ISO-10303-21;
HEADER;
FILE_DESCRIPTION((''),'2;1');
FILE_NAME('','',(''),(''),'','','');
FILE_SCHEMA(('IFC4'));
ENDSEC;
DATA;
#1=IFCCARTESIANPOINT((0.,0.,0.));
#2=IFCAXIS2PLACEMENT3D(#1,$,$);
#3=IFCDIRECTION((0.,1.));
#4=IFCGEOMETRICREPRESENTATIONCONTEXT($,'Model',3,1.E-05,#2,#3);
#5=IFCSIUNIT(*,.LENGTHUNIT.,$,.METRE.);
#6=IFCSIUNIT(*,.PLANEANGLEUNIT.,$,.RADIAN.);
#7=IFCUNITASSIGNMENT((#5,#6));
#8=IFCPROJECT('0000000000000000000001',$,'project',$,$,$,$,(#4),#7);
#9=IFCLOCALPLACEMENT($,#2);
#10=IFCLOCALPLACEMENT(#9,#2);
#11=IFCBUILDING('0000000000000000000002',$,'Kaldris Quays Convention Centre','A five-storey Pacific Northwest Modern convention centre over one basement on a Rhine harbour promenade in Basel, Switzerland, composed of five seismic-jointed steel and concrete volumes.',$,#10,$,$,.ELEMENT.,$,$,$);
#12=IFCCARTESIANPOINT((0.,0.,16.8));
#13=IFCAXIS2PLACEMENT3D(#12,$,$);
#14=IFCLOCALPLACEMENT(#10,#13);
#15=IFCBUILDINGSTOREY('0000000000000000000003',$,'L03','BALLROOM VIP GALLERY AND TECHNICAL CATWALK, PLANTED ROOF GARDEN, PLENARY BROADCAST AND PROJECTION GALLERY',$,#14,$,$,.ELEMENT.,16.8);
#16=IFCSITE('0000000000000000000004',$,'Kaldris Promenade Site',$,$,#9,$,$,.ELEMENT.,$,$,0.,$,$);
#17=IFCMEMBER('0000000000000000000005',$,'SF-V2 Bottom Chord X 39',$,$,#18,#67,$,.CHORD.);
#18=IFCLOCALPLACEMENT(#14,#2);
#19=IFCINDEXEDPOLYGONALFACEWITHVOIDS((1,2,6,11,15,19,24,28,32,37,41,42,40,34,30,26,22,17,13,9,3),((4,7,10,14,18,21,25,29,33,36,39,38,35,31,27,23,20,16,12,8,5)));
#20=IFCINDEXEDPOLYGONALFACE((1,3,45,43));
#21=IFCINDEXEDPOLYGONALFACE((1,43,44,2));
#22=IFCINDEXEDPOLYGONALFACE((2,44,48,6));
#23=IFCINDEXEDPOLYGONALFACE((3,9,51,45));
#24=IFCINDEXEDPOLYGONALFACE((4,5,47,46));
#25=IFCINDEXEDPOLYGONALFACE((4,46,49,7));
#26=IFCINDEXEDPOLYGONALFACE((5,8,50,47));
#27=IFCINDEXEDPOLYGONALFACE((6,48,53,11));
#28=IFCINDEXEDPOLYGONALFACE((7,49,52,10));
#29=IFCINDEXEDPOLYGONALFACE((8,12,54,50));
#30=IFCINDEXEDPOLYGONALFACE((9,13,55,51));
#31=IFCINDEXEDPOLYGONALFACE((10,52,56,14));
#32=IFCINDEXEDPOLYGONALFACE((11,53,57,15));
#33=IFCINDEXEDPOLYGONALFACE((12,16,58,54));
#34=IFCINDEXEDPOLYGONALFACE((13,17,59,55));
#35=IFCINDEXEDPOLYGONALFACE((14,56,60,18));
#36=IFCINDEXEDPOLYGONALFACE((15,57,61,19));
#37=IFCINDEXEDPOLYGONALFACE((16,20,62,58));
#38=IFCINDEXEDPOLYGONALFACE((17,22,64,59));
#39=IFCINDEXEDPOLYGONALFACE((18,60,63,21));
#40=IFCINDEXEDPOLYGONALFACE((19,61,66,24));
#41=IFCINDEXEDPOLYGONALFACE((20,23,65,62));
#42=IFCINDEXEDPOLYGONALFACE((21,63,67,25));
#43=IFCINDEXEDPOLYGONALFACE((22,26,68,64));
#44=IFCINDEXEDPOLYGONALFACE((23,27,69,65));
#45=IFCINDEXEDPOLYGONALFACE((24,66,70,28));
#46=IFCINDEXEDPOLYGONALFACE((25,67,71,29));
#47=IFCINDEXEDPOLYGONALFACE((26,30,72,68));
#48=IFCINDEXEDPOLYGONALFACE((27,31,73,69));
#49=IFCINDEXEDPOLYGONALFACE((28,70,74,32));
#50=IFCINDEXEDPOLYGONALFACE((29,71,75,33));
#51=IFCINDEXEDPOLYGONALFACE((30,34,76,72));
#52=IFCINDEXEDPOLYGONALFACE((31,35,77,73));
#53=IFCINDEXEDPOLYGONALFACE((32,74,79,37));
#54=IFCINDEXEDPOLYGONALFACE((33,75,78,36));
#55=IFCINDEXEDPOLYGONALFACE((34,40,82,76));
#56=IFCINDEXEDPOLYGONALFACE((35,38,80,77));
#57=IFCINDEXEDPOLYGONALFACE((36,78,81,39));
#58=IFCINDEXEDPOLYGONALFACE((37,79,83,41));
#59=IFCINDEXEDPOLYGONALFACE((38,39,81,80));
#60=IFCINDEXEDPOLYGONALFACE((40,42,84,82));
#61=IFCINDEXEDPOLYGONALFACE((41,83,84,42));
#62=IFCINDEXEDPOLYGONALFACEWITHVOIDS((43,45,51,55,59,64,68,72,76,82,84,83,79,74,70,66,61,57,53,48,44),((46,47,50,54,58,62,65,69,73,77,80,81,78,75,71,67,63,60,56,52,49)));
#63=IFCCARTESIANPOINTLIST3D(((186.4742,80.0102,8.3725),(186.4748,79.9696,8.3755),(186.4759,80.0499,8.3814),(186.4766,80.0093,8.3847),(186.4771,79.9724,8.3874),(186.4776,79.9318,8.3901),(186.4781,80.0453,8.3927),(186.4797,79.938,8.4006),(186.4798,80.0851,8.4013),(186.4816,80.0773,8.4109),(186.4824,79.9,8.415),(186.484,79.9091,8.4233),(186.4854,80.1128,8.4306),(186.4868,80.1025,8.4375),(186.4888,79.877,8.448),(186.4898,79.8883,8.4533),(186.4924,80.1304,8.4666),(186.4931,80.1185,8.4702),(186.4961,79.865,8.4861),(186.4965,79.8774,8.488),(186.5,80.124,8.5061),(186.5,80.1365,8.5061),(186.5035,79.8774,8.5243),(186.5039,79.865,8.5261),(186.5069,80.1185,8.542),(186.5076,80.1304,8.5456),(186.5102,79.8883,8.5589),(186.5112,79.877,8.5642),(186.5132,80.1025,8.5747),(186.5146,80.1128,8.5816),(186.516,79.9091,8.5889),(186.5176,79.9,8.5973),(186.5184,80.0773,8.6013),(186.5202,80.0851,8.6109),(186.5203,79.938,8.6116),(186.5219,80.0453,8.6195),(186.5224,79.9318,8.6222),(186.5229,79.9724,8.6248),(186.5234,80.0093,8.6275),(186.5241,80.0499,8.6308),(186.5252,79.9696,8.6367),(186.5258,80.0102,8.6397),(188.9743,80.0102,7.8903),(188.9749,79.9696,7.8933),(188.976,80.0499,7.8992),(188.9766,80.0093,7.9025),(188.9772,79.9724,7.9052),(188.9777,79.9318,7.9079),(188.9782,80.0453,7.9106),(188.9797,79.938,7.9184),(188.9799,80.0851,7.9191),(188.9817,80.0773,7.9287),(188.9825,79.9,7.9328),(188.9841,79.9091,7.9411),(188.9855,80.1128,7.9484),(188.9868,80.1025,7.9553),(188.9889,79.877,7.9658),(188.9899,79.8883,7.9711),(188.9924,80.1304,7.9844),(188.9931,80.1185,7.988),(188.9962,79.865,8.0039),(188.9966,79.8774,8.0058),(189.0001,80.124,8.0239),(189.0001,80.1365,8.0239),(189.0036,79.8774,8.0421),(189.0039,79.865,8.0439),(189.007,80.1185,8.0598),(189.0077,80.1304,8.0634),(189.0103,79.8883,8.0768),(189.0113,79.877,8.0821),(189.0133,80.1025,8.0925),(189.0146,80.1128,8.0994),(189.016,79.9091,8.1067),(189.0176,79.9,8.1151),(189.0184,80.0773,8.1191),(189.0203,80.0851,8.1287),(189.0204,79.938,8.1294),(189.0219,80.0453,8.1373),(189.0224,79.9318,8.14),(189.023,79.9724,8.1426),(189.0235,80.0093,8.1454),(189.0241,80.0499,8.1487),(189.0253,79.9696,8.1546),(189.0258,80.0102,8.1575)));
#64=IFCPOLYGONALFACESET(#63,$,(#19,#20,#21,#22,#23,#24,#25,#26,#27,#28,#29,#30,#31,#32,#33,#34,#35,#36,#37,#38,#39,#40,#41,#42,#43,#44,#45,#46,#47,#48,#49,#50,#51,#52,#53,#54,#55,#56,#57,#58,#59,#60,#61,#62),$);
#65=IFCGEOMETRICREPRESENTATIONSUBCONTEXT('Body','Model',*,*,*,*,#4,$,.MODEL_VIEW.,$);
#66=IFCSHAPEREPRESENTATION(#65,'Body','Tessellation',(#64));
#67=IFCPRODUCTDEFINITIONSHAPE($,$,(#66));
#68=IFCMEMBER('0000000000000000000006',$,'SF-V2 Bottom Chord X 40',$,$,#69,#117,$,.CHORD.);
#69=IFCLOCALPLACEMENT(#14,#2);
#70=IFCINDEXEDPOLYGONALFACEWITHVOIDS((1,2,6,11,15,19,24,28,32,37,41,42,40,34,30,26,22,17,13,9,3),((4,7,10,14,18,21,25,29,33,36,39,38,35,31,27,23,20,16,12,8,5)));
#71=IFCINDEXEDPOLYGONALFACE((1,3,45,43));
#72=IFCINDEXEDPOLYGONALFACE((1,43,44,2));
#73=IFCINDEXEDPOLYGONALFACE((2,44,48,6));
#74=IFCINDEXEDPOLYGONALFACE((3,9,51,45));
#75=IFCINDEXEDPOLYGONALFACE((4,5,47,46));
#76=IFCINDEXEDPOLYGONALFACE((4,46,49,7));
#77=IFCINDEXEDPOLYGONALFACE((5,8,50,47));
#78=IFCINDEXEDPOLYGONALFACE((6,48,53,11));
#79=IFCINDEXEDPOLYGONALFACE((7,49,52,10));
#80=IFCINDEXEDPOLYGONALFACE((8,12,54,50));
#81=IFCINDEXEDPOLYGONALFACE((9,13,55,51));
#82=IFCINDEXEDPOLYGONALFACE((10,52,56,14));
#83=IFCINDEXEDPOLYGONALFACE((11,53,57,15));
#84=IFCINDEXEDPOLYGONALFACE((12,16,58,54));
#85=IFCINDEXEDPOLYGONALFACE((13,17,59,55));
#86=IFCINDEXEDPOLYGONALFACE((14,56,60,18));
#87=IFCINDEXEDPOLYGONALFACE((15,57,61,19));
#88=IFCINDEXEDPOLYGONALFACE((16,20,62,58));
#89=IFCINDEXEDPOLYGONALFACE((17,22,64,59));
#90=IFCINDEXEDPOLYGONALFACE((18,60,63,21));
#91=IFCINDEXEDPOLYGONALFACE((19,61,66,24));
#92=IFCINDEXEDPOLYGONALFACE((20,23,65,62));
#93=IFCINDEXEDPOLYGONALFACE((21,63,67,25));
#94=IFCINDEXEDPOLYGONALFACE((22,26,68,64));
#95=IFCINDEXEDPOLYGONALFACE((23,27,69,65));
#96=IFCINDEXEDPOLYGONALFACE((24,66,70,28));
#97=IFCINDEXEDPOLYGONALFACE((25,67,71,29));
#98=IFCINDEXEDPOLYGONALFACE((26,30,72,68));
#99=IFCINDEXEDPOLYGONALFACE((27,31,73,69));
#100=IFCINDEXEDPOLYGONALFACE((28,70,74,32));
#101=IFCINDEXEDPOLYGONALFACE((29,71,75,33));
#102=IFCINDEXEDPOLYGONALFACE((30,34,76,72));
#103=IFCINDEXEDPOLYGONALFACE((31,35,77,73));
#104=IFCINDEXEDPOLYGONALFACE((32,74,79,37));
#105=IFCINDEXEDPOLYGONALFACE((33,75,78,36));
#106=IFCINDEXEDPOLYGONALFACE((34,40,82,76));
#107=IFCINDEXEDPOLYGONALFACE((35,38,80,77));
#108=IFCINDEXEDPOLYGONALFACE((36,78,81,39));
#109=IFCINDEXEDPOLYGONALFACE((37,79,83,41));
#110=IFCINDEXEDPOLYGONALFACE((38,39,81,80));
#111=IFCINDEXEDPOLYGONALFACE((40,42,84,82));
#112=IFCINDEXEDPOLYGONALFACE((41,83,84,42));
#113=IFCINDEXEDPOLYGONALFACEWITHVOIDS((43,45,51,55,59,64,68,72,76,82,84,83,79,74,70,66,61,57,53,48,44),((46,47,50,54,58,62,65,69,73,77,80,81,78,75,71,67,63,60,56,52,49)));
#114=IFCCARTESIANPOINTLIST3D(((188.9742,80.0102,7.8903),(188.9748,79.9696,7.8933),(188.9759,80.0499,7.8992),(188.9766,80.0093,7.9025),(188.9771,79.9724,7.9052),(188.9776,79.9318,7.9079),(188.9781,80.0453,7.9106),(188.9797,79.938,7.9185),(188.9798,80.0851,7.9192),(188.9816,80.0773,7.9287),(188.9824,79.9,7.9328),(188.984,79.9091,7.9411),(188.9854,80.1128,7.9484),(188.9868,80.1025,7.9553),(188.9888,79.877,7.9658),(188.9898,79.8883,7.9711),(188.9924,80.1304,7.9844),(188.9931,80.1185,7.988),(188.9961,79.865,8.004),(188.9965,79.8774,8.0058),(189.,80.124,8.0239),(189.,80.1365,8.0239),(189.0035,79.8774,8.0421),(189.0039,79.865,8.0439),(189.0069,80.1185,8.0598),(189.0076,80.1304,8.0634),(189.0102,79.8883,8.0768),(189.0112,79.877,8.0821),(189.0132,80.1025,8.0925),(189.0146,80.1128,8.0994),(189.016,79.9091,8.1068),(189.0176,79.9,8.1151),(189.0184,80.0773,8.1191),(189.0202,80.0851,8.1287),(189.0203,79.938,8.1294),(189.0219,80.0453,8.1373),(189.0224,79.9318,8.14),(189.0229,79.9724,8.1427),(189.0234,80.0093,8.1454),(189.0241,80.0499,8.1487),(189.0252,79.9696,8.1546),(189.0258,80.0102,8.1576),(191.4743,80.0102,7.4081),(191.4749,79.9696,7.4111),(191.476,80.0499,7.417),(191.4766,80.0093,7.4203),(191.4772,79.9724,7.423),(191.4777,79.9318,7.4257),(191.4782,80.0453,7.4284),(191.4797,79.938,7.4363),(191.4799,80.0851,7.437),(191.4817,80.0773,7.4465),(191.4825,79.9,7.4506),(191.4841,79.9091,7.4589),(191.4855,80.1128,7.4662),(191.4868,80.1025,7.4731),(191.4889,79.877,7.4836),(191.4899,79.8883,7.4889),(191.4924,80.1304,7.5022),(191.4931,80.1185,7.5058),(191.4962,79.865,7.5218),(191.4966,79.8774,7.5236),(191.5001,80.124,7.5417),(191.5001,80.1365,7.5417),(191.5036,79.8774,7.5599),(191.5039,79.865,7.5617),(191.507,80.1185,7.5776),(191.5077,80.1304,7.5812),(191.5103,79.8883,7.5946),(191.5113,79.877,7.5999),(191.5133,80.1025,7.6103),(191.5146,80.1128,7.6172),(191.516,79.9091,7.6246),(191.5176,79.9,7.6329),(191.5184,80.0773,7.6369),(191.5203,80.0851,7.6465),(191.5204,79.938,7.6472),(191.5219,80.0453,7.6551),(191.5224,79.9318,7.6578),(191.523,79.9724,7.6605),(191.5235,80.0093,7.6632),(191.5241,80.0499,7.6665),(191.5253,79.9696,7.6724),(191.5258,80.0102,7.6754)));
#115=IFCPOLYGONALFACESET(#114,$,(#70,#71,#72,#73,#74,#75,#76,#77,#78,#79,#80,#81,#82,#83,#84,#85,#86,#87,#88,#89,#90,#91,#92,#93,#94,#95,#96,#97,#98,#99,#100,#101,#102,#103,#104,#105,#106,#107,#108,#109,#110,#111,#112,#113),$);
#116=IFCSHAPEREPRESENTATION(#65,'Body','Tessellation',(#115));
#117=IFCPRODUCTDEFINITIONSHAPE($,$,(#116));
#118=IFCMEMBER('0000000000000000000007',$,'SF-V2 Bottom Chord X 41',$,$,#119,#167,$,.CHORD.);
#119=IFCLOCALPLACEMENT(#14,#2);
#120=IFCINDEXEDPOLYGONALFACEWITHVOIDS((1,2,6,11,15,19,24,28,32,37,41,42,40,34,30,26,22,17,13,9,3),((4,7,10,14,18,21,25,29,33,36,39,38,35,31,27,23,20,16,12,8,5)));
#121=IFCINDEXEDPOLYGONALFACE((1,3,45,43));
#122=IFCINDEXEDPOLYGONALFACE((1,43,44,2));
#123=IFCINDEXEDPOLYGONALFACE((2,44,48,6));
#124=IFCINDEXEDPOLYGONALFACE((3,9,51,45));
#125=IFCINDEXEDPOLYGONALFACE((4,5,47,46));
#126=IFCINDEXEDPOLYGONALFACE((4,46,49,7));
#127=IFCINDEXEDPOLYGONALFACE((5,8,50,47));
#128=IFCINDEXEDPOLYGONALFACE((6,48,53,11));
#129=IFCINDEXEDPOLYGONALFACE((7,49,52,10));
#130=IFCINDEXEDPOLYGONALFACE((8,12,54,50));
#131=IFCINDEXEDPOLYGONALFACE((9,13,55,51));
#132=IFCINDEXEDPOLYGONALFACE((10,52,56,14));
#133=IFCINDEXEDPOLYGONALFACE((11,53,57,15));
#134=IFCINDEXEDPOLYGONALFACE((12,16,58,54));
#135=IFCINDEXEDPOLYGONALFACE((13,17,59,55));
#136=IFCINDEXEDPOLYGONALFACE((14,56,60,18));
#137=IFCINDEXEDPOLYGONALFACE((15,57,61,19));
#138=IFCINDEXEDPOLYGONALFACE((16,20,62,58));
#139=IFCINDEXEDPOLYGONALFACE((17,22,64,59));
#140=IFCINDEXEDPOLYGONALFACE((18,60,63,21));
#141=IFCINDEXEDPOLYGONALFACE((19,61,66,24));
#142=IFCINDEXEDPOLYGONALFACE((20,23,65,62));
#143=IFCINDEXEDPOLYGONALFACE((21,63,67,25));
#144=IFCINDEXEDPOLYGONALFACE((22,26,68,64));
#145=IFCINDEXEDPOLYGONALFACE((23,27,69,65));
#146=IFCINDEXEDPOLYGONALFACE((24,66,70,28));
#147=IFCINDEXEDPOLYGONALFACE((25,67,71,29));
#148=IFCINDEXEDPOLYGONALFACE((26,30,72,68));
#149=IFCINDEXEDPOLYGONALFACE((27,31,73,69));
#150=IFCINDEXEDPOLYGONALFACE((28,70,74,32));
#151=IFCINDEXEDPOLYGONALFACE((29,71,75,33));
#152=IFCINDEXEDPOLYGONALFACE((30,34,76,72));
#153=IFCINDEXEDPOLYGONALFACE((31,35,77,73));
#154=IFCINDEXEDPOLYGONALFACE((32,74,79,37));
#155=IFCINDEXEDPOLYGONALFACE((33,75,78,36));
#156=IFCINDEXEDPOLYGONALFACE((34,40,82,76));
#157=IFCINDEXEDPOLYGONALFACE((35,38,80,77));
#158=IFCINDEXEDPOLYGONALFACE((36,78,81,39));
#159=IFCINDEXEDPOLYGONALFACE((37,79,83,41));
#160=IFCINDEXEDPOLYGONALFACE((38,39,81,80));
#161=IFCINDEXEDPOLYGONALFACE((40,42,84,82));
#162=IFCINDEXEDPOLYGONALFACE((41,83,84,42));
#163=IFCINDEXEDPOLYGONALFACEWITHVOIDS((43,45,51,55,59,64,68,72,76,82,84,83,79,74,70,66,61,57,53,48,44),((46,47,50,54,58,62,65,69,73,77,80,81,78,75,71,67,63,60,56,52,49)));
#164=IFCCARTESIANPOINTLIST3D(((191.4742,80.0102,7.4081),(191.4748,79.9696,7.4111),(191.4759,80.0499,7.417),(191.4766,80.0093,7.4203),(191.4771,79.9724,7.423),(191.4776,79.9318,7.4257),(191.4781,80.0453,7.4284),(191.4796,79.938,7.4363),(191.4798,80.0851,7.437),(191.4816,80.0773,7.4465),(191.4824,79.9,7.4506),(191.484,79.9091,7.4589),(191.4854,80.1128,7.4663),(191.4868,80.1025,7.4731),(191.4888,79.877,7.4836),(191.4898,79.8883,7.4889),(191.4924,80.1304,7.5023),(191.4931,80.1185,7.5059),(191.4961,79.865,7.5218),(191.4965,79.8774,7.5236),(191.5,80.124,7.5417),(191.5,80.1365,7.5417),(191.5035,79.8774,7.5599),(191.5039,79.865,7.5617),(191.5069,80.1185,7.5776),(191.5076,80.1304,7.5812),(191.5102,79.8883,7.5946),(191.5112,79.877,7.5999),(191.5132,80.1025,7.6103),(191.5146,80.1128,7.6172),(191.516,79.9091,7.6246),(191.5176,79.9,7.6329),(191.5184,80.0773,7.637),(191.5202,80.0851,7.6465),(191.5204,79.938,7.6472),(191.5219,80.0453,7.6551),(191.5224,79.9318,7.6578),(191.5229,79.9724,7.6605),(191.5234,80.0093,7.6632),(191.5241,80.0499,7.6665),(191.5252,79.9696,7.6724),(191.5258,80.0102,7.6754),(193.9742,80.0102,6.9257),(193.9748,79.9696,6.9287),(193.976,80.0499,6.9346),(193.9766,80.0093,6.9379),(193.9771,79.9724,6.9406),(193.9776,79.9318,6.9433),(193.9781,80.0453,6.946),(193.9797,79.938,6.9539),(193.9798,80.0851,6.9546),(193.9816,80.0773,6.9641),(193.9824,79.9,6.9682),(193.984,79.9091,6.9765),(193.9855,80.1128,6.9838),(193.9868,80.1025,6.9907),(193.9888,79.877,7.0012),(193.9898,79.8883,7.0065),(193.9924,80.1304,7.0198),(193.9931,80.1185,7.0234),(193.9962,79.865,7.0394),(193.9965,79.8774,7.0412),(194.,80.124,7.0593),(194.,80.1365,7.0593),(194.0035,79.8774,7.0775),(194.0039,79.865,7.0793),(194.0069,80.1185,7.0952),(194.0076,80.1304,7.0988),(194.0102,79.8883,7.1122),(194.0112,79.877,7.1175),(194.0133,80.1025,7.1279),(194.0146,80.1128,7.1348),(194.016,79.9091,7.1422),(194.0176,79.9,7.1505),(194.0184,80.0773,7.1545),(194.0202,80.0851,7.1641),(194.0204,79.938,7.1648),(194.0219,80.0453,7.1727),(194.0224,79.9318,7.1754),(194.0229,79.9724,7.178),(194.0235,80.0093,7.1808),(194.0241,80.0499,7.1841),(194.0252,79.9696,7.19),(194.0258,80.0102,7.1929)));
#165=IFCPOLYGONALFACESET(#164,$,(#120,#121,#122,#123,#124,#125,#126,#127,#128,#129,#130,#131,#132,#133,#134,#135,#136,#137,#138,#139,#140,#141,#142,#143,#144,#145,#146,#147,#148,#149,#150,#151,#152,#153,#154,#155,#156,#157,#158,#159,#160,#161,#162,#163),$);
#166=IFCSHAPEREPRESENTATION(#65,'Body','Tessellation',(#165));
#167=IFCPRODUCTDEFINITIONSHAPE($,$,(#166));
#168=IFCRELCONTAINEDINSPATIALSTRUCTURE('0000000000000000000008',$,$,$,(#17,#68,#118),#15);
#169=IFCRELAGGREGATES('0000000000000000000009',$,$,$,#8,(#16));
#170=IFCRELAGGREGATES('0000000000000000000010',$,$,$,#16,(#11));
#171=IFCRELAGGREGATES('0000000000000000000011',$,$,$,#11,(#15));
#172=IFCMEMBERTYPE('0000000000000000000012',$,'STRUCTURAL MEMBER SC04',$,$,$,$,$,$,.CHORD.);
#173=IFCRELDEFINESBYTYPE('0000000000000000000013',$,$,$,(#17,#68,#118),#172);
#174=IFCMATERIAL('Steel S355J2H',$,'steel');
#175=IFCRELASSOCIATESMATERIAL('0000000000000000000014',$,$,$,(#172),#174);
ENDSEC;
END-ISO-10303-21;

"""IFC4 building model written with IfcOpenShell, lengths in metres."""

from ifc_helpers import new_model, si_unit, direction, frame, origin, origin_2d, place, context, subcontext, project, spatial, hollow_circle, extrude, material, material_profile, profile_set, type_object, element, save


model = new_model("IFC4")

# Units and contexts
model_context = context("Model", 3, precision=1e-05, world=origin(), true_north=direction((0.0, 1.0)))
body_context = subcontext(model_context, "Body", "Model", "MODEL_VIEW")
ifc_project = project(units=[si_unit("LENGTHUNIT", "METRE"), si_unit("PLANEANGLEUNIT", "RADIAN")], contexts=[model_context])

# Site, building, storey
site_placement = place(None, origin())
site = spatial("IfcSite", under=ifc_project, at=site_placement, Name="Kaldris Promenade Site", CompositionType="ELEMENT", RefElevation=0.0)
building_placement = place(site_placement, origin())
building = spatial("IfcBuilding", under=site, at=building_placement, Name="Kaldris Quays Convention Centre", Description="A five-storey Pacific Northwest Modern convention centre over one basement on a Rhine harbour promenade in Basel, Switzerland, composed of five seismic-jointed steel and concrete volumes.", CompositionType="ELEMENT")
storey_placement = place(building_placement, frame((0.0, 0.0, 16.8)))
storey = spatial("IfcBuildingStorey", under=building, at=storey_placement, Name="L03", Description="BALLROOM VIP GALLERY AND TECHNICAL CATWALK, PLANTED ROOF GARDEN, PLENARY BROADCAST AND PROJECTION GALLERY", CompositionType="ELEMENT", Elevation=16.8)

# Members
ifc_material_1 = material(Name="Steel S355J2H", Category="steel")
ifc_material_profile_1 = material_profile(ifc_material_1, hollow_circle(Radius=0.1365, WallThickness=0.0125, at=origin_2d()), Name="CHS 273x12.5")
ifc_profile_set_1 = profile_set([ifc_material_profile_1], Name="Steel S355J2H")
member_type_1 = type_object("IfcMemberType", Name="STRUCTURAL MEMBER SC04", PredefinedType="CHORD", material=ifc_profile_set_1)
for number, where, z_axis, x_axis, name in (
    (1, (186.5, 80.0, 8.5061), (0.981904, 0.0, -0.189381), (0.0, 1.0, 0.0), "SF-V2 Bottom Chord X 39"),
    (2, (189.0, 80.0, 8.0239), (0.981904, 0.0, -0.189381), (0.0, 1.0, 0.0), "SF-V2 Bottom Chord X 40"),
    (3, (191.5, 80.0, 7.5417), (0.981886, 0.0, -0.189473), (0.0, 1.0, 0.0), "SF-V2 Bottom Chord X 41"),
):
    element("IfcMember", number, at=place(storey_placement, frame(where, z_axis=z_axis, x_axis=x_axis)), inside=storey, type_object=member_type_1, Name=name, PredefinedType="CHORD", context=body_context, shape_type="SweptSolid", body=[
        extrude(hollow_circle(Radius=0.1365, WallThickness=0.0125, at=origin_2d()), origin(), (0.0, 0.0, 1.0), 2.5461),
    ])

save(model, "model.ifc")
